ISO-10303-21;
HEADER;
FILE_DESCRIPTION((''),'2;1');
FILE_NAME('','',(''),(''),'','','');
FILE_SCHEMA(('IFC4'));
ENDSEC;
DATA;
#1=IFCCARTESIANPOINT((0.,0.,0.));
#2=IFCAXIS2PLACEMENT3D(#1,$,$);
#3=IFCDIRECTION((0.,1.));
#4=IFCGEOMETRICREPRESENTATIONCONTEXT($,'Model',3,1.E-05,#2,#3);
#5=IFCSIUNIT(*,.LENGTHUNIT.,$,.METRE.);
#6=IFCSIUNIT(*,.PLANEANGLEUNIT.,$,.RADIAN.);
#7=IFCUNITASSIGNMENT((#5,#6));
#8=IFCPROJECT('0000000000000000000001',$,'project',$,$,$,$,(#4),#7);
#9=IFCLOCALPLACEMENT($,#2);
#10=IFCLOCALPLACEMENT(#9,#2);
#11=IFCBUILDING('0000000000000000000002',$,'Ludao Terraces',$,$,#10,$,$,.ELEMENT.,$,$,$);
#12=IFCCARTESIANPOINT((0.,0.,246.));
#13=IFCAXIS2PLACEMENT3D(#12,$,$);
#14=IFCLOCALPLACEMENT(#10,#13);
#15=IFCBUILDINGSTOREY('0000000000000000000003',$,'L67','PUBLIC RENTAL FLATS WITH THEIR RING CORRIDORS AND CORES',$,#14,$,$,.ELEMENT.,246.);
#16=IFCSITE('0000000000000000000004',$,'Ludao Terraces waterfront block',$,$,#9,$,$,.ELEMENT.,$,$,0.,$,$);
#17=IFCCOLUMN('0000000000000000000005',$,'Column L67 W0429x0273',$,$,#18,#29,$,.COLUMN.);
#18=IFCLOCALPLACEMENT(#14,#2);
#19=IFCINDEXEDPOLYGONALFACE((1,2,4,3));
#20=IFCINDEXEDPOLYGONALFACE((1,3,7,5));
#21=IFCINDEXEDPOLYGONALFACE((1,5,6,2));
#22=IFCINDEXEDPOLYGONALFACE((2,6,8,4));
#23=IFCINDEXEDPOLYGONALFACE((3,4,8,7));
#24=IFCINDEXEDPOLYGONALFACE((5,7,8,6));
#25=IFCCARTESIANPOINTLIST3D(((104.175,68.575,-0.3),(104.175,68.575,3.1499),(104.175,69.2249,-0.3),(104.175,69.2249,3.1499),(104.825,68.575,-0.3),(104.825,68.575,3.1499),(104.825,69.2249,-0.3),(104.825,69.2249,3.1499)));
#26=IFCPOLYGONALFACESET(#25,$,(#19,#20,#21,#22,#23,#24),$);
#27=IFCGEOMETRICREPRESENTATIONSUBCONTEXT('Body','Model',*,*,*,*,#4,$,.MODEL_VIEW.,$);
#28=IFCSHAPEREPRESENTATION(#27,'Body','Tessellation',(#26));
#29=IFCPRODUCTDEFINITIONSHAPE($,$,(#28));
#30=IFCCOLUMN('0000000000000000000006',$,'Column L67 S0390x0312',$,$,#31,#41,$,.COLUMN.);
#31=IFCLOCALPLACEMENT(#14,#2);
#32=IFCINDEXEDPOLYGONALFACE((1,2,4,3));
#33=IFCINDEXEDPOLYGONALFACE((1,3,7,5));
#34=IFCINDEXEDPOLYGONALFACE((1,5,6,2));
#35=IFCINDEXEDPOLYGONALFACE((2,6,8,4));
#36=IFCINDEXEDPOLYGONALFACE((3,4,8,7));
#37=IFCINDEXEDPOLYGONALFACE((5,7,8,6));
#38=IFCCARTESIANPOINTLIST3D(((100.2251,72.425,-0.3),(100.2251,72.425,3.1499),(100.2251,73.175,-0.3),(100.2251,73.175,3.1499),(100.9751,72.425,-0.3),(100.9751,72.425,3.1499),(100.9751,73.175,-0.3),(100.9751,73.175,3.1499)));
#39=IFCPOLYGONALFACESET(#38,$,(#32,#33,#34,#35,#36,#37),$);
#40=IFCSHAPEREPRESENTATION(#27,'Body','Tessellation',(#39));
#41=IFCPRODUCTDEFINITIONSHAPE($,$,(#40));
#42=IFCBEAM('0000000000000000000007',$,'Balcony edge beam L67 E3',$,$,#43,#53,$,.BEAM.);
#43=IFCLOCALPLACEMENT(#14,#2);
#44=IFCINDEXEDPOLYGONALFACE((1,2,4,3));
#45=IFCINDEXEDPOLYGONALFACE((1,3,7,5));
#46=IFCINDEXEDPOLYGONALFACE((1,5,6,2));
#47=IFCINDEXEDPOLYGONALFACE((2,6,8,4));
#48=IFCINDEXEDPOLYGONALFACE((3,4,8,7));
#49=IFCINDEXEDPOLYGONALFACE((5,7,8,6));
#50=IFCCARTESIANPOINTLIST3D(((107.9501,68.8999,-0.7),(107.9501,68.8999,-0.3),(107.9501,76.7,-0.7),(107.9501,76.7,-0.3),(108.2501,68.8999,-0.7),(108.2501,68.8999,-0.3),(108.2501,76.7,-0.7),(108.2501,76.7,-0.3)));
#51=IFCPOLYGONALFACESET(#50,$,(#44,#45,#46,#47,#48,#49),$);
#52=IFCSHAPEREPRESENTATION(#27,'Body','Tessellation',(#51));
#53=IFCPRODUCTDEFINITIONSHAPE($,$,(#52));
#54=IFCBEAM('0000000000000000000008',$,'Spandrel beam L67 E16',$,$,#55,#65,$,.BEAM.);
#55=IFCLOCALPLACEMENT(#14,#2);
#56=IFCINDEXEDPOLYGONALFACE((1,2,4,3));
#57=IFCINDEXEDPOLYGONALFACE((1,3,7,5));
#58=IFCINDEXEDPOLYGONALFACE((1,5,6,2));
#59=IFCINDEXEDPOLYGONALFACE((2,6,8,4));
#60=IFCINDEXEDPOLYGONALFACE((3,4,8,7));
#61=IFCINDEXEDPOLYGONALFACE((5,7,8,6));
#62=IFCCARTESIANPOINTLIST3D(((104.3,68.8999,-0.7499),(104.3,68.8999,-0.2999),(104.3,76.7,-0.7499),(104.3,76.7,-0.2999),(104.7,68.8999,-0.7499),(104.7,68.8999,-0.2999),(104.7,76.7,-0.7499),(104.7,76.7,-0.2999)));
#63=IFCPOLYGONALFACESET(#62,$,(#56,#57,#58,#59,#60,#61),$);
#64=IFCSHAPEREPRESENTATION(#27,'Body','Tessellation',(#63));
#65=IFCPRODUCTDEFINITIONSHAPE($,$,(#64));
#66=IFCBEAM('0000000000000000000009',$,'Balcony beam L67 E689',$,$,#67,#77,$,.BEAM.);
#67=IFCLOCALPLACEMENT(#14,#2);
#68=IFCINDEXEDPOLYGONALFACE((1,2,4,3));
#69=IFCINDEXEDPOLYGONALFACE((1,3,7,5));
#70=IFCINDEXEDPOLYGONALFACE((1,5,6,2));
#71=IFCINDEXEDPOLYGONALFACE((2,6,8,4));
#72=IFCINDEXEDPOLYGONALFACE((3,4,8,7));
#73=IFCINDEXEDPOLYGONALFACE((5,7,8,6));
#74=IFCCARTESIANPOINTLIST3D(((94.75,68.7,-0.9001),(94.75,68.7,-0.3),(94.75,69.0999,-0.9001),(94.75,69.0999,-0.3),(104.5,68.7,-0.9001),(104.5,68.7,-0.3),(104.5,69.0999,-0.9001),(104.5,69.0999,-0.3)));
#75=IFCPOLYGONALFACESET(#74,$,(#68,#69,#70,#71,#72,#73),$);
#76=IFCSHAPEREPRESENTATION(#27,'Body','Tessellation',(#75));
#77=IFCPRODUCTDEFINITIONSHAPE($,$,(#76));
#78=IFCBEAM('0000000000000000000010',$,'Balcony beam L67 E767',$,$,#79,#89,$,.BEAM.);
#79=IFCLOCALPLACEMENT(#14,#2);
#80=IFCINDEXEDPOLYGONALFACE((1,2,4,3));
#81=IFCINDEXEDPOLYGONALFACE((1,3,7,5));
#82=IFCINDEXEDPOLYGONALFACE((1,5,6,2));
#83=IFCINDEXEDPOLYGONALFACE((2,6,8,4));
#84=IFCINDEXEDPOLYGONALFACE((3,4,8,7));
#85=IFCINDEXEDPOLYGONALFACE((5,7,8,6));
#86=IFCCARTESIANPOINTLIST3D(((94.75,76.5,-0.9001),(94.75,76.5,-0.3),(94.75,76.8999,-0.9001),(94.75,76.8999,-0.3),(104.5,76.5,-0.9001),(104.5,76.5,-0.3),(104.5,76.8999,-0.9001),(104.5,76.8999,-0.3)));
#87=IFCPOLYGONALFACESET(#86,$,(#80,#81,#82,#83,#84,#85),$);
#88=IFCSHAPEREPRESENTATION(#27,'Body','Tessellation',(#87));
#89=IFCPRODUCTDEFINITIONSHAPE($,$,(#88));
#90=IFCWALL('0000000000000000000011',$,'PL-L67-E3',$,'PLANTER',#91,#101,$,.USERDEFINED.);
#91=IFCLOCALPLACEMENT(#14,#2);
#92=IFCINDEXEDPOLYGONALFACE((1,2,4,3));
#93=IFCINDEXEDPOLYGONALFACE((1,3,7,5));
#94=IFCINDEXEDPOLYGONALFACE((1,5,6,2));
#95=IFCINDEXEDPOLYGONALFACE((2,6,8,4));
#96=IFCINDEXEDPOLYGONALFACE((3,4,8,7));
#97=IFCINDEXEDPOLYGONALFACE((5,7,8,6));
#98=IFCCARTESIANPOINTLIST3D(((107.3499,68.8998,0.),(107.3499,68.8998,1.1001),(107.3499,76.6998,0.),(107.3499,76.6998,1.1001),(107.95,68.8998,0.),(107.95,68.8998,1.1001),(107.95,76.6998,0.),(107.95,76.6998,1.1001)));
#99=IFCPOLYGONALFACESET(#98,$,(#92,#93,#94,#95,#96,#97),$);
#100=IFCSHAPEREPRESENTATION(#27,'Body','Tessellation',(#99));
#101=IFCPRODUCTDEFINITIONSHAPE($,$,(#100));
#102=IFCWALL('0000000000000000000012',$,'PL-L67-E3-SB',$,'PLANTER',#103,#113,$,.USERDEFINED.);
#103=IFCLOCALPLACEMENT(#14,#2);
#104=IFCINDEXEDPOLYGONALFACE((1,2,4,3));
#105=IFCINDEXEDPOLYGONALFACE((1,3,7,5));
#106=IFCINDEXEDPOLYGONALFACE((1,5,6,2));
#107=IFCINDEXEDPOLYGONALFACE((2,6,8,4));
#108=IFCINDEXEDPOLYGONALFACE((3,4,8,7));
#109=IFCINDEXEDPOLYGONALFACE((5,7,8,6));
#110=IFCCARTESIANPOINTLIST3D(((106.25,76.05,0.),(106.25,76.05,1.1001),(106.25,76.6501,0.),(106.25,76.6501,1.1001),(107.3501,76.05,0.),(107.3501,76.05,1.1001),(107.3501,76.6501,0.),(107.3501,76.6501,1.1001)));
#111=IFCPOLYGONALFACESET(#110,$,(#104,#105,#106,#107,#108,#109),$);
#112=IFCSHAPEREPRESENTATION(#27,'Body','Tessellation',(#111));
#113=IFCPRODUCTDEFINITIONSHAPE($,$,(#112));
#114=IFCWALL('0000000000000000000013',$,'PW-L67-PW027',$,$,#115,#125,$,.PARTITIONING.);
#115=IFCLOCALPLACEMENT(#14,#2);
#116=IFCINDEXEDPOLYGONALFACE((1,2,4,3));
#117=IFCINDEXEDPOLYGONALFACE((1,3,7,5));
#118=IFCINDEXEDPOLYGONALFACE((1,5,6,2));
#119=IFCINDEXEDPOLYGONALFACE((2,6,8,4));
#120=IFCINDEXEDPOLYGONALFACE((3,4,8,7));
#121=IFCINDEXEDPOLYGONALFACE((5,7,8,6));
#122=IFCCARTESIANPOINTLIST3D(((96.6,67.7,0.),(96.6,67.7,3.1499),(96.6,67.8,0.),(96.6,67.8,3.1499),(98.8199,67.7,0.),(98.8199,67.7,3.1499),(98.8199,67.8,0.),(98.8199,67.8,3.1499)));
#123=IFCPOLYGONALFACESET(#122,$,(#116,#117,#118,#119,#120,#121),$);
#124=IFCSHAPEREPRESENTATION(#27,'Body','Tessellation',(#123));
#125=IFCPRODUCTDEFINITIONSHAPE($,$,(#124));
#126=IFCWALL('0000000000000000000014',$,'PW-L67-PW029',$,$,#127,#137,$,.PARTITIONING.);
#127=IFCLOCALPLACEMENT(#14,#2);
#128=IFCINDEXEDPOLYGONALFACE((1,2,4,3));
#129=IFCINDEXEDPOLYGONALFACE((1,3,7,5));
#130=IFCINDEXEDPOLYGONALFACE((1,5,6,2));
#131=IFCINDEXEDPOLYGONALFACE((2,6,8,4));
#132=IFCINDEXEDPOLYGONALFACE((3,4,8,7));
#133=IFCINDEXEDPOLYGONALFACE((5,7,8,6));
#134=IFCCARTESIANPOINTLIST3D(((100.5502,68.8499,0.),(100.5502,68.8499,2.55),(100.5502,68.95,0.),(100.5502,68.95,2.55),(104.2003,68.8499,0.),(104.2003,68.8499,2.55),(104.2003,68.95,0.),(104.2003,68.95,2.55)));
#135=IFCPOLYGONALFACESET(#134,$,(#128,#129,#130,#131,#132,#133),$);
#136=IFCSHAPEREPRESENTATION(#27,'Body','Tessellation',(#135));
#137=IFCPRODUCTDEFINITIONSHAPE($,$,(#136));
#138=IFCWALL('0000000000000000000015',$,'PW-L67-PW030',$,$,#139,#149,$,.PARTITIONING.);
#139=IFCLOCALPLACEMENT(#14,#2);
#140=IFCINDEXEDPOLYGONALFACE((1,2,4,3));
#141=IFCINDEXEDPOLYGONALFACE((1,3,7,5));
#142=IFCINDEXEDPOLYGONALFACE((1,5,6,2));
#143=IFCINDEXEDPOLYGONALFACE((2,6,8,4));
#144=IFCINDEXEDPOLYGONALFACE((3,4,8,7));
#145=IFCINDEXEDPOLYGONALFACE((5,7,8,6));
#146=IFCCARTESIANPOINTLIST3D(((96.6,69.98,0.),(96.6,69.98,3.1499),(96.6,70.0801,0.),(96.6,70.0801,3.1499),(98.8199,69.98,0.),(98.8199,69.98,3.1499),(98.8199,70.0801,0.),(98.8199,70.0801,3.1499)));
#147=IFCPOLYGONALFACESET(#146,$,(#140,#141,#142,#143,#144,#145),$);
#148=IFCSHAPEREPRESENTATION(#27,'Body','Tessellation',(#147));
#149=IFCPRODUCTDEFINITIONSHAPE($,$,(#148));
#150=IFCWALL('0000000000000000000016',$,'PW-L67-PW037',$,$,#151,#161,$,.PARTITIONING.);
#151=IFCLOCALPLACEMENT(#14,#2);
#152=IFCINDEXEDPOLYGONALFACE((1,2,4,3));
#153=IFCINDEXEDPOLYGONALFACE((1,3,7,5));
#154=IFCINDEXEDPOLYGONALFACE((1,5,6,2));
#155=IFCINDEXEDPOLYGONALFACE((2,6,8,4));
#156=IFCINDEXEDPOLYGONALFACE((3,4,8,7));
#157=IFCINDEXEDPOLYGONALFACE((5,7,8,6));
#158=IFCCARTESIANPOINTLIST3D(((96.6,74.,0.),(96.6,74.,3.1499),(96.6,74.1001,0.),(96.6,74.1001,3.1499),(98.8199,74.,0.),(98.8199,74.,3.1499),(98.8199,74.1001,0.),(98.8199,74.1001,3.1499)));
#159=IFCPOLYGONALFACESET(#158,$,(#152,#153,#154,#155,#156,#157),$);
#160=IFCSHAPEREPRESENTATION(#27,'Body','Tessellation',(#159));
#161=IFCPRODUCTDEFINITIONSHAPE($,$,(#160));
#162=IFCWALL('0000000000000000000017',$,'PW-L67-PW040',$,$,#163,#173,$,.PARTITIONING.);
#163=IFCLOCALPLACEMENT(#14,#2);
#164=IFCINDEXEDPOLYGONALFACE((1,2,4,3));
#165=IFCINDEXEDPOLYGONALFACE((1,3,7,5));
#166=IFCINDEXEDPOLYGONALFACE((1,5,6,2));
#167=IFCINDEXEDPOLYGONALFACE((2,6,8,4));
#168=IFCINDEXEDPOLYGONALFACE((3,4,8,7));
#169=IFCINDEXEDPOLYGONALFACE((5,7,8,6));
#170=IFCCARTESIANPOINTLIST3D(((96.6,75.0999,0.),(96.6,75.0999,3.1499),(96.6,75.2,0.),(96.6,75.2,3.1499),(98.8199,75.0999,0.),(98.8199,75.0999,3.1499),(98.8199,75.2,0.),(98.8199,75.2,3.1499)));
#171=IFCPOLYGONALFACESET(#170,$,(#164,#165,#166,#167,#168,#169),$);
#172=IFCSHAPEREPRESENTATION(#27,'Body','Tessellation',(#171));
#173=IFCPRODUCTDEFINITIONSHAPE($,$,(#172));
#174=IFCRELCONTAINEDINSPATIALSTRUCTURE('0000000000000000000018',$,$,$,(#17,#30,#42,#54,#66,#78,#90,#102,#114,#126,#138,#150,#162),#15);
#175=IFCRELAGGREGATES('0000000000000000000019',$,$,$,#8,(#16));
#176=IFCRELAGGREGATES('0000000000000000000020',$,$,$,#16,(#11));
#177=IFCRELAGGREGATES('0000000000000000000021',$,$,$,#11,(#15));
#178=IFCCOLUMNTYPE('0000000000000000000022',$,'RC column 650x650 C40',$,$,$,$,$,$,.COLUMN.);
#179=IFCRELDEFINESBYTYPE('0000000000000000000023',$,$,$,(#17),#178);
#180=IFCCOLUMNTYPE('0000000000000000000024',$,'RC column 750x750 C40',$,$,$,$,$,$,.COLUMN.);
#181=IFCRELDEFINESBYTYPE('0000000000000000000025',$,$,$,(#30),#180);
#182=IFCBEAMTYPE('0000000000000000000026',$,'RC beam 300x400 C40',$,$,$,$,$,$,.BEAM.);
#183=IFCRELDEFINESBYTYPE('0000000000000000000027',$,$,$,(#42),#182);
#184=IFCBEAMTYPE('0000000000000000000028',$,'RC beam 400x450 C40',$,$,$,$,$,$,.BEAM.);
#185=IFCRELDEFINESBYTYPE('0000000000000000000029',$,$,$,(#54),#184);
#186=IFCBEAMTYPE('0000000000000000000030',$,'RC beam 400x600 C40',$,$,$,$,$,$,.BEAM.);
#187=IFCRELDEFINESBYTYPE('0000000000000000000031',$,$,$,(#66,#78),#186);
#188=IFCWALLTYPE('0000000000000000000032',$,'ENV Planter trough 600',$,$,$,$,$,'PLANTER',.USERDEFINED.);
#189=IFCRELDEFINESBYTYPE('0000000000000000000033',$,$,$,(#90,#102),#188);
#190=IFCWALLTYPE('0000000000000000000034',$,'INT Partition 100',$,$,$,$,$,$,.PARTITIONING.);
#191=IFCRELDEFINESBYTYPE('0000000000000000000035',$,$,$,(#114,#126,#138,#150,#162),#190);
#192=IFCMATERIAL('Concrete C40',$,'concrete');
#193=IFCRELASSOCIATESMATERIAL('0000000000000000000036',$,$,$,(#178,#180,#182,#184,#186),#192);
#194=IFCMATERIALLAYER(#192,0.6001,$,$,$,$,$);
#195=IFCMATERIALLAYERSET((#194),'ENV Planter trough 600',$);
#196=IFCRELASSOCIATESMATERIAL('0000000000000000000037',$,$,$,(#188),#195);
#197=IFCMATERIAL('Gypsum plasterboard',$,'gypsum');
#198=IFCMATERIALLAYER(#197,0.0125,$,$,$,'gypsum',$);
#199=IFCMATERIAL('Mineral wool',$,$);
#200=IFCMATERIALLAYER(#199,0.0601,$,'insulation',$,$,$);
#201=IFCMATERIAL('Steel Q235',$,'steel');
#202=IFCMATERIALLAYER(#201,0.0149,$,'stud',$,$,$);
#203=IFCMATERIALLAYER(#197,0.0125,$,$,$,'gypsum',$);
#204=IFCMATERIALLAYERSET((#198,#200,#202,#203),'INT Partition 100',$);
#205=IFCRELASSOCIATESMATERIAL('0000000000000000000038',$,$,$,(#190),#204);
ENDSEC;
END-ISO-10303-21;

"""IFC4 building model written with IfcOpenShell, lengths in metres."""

from ifc_helpers import new_model, si_unit, direction, frame, frame_2d, origin, origin_2d, place, context, subcontext, project, spatial, rectangle, extrude, material, layer, layer_set, material_profile, profile_set, type_object, element, save


model = new_model("IFC4")

# Units and contexts
model_context = context("Model", 3, precision=1e-05, world=origin(), true_north=direction((0.0, 1.0)))
body_context = subcontext(model_context, "Body", "Model", "MODEL_VIEW")
ifc_project = project(units=[si_unit("LENGTHUNIT", "METRE"), si_unit("PLANEANGLEUNIT", "RADIAN")], contexts=[model_context])

# Site, building, storey
site_placement = place(None, origin())
site = spatial("IfcSite", under=ifc_project, at=site_placement, Name="Ludao Terraces waterfront block", CompositionType="ELEMENT", RefElevation=0.0)
building_placement = place(site_placement, origin())
building = spatial("IfcBuilding", under=site, at=building_placement, Name="Ludao Terraces", CompositionType="ELEMENT")
storey_placement = place(building_placement, frame((0.0, 0.0, 246.0)))
storey = spatial("IfcBuildingStorey", under=building, at=storey_placement, Name="L67", Description="PUBLIC RENTAL FLATS WITH THEIR RING CORRIDORS AND CORES", CompositionType="ELEMENT", Elevation=246.0)

# Columns
ifc_material_1 = material(Name="Concrete C40", Category="concrete")
ifc_material_profile_1 = material_profile(ifc_material_1, rectangle(XDim=0.6499, YDim=0.6499, at=origin_2d()), Name="650 X 650")
ifc_profile_set_1 = profile_set([ifc_material_profile_1], Name="Concrete C40")
column_type_1 = type_object("IfcColumnType", Name="RC column 650x650 C40", PredefinedType="COLUMN", material=ifc_profile_set_1)
column_1_placement = place(storey_placement, frame((104.5, 68.8999, -0.3), z_axis=(0.0, 0.0, 1.0), x_axis=(1.0, 0.0, 0.0)))
element("IfcColumn", 1, at=column_1_placement, inside=storey, type_object=column_type_1, Name="Column L67 W0429x0273", PredefinedType="COLUMN", context=body_context, shape_type="SweptSolid", body=[
    extrude(rectangle(XDim=0.6499, YDim=0.6499, at=origin_2d()), origin(), (0.0, 0.0, 1.0), 3.45),
])
ifc_material_profile_2 = material_profile(ifc_material_1, rectangle(XDim=0.75, YDim=0.75, at=origin_2d()), Name="750 X 750")
ifc_profile_set_2 = profile_set([ifc_material_profile_2], Name="Concrete C40")
column_type_2 = type_object("IfcColumnType", Name="RC column 750x750 C40", PredefinedType="COLUMN", material=ifc_profile_set_2)
column_2_placement = place(storey_placement, frame((100.6001, 72.8, -0.3), z_axis=(0.0, 0.0, 1.0), x_axis=(1.0, 0.0, 0.0)))
element("IfcColumn", 2, at=column_2_placement, inside=storey, type_object=column_type_2, Name="Column L67 S0390x0312", PredefinedType="COLUMN", context=body_context, shape_type="SweptSolid", body=[
    extrude(rectangle(XDim=0.75, YDim=0.75, at=origin_2d()), origin(), (0.0, 0.0, 1.0), 3.45),
])

# Beams
ifc_material_profile_3 = material_profile(ifc_material_1, rectangle(XDim=0.3, YDim=0.3999, at=origin_2d()), Name="300 X 400")
ifc_profile_set_3 = profile_set([ifc_material_profile_3], Name="Concrete C40")
beam_type_1 = type_object("IfcBeamType", Name="RC beam 300x400 C40", PredefinedType="BEAM", material=ifc_profile_set_3)
beam_1_placement = place(storey_placement, frame((108.1001, 68.8999, -0.5), z_axis=(0.0, 1.0, 0.0), x_axis=(-1.0, 0.0, 0.0)))
element("IfcBeam", 3, at=beam_1_placement, inside=storey, type_object=beam_type_1, Name="Balcony edge beam L67 E3", PredefinedType="BEAM", context=body_context, shape_type="SweptSolid", body=[
    extrude(rectangle(XDim=0.3, YDim=0.3999, at=origin_2d()), origin(), (0.0, 0.0, 1.0), 7.8),
])
ifc_material_profile_4 = material_profile(ifc_material_1, rectangle(XDim=0.3999, YDim=0.45, at=origin_2d()), Name="400 X 450")
ifc_profile_set_4 = profile_set([ifc_material_profile_4], Name="Concrete C40")
beam_type_2 = type_object("IfcBeamType", Name="RC beam 400x450 C40", PredefinedType="BEAM", material=ifc_profile_set_4)
beam_2_placement = place(storey_placement, frame((104.5, 68.8999, -0.5249), z_axis=(0.0, 1.0, 0.0), x_axis=(-1.0, 0.0, 0.0)))
element("IfcBeam", 4, at=beam_2_placement, inside=storey, type_object=beam_type_2, Name="Spandrel beam L67 E16", PredefinedType="BEAM", context=body_context, shape_type="SweptSolid", body=[
    extrude(rectangle(XDim=0.3999, YDim=0.45, at=origin_2d()), origin(), (0.0, 0.0, 1.0), 7.8),
])
ifc_material_profile_5 = material_profile(ifc_material_1, rectangle(XDim=0.3999, YDim=0.6001, at=origin_2d()), Name="400 X 600")
ifc_profile_set_5 = profile_set([ifc_material_profile_5], Name="Concrete C40")
beam_type_3 = type_object("IfcBeamType", Name="RC beam 400x600 C40", PredefinedType="BEAM", material=ifc_profile_set_5)
for number, where, z_axis, x_axis, name in (
    (5, (94.75, 68.8999, -0.6001), (1.0, 0.0, 0.0), (0.0, 1.0, 0.0), "Balcony beam L67 E689"),
    (6, (94.75, 76.7, -0.6001), (1.0, 0.0, 0.0), (0.0, 1.0, 0.0), "Balcony beam L67 E767"),
):
    element("IfcBeam", number, at=place(storey_placement, frame(where, z_axis=z_axis, x_axis=x_axis)), inside=storey, type_object=beam_type_3, Name=name, PredefinedType="BEAM", context=body_context, shape_type="SweptSolid", body=[
        extrude(rectangle(XDim=0.3999, YDim=0.6001, at=origin_2d()), origin(), (0.0, 0.0, 1.0), 9.75),
    ])

# Walls
ifc_layer_1 = layer(ifc_material_1, 0.6001)
ifc_layer_set_1 = layer_set([ifc_layer_1], Name="ENV Planter trough 600")
wall_type_1 = type_object("IfcWallType", Name="ENV Planter trough 600", ElementType="PLANTER", PredefinedType="USERDEFINED", material=ifc_layer_set_1)
wall_1_placement = place(storey_placement, frame((107.6499, 68.8999, 0.0), z_axis=(0.0, 0.0, 1.0), x_axis=(0.0, 1.0, 0.0)))
element("IfcWall", 7, at=wall_1_placement, inside=storey, type_object=wall_type_1, Name="PL-L67-E3", ObjectType="PLANTER", PredefinedType="USERDEFINED", context=body_context, shape_type="SweptSolid", body=[
    extrude(rectangle(XDim=7.8, YDim=0.6001, at=frame_2d((3.8999, 0.0))), origin(), (0.0, 0.0, 1.0), 1.1001),
])
wall_2_placement = place(storey_placement, frame((107.3501, 76.3501, 0.0), z_axis=(0.0, 0.0, 1.0), x_axis=(-1.0, 0.0, 0.0)))
element("IfcWall", 8, at=wall_2_placement, inside=storey, type_object=wall_type_1, Name="PL-L67-E3-SB", ObjectType="PLANTER", PredefinedType="USERDEFINED", context=body_context, shape_type="SweptSolid", body=[
    extrude(rectangle(XDim=1.1001, YDim=0.6001, at=frame_2d((0.55, 0.0))), origin(), (0.0, 0.0, 1.0), 1.1001),
])

# Shared definitions
ifc_material_2 = material(Name="Mineral wool")

# Walls
ifc_material_3 = material(Name="Gypsum plasterboard", Category="gypsum")
ifc_layer_2 = layer(ifc_material_3, 0.0125, Category="gypsum")
ifc_layer_3 = layer(ifc_material_2, 0.0601, Name="insulation")
ifc_material_4 = material(Name="Steel Q235", Category="steel")
ifc_layer_4 = layer(ifc_material_4, 0.0149, Name="stud")
ifc_layer_5 = layer(ifc_material_3, 0.0125, Category="gypsum")
ifc_layer_set_2 = layer_set([ifc_layer_2, ifc_layer_3, ifc_layer_4, ifc_layer_5], Name="INT Partition 100")
wall_type_2 = type_object("IfcWallType", Name="INT Partition 100", PredefinedType="PARTITIONING", material=ifc_layer_set_2)
wall_3_placement = place(storey_placement, frame((96.6001, 67.75, 0.0), z_axis=(0.0, 0.0, 1.0), x_axis=(1.0, 0.0, 0.0)))
element("IfcWall", 9, at=wall_3_placement, inside=storey, type_object=wall_type_2, Name="PW-L67-PW027", PredefinedType="PARTITIONING", context=body_context, shape_type="SweptSolid", body=[
    extrude(rectangle(XDim=2.22, YDim=0.1001, at=frame_2d((1.1099, 0.0))), origin(), (0.0, 0.0, 1.0), 3.1499),
])
wall_4_placement = place(storey_placement, frame((100.55, 68.8999, 0.0), z_axis=(0.0, 0.0, 1.0), x_axis=(1.0, 0.0, 0.0)))
element("IfcWall", 10, at=wall_4_placement, inside=storey, type_object=wall_type_2, Name="PW-L67-PW029", PredefinedType="PARTITIONING", context=body_context, shape_type="SweptSolid", body=[
    extrude(rectangle(XDim=3.6501, YDim=0.1001, at=frame_2d((1.8252, 0.0))), origin(), (0.0, 0.0, 1.0), 2.55),
])
for number, where, z_axis, x_axis, name in (
    (11, (96.6001, 70.03, 0.0), (0.0, 0.0, 1.0), (1.0, 0.0, 0.0), "PW-L67-PW030"),
    (12, (96.6001, 74.05, 0.0), (0.0, 0.0, 1.0), (1.0, 0.0, 0.0), "PW-L67-PW037"),
    (13, (96.6001, 75.1499, 0.0), (0.0, 0.0, 1.0), (1.0, 0.0, 0.0), "PW-L67-PW040"),
):
    element("IfcWall", number, at=place(storey_placement, frame(where, z_axis=z_axis, x_axis=x_axis)), inside=storey, type_object=wall_type_2, Name=name, PredefinedType="PARTITIONING", context=body_context, shape_type="SweptSolid", body=[
        extrude(rectangle(XDim=2.22, YDim=0.1001, at=frame_2d((1.1099, 0.0))), origin(), (0.0, 0.0, 1.0), 3.1499),
    ])

save(model, "model.ifc")
